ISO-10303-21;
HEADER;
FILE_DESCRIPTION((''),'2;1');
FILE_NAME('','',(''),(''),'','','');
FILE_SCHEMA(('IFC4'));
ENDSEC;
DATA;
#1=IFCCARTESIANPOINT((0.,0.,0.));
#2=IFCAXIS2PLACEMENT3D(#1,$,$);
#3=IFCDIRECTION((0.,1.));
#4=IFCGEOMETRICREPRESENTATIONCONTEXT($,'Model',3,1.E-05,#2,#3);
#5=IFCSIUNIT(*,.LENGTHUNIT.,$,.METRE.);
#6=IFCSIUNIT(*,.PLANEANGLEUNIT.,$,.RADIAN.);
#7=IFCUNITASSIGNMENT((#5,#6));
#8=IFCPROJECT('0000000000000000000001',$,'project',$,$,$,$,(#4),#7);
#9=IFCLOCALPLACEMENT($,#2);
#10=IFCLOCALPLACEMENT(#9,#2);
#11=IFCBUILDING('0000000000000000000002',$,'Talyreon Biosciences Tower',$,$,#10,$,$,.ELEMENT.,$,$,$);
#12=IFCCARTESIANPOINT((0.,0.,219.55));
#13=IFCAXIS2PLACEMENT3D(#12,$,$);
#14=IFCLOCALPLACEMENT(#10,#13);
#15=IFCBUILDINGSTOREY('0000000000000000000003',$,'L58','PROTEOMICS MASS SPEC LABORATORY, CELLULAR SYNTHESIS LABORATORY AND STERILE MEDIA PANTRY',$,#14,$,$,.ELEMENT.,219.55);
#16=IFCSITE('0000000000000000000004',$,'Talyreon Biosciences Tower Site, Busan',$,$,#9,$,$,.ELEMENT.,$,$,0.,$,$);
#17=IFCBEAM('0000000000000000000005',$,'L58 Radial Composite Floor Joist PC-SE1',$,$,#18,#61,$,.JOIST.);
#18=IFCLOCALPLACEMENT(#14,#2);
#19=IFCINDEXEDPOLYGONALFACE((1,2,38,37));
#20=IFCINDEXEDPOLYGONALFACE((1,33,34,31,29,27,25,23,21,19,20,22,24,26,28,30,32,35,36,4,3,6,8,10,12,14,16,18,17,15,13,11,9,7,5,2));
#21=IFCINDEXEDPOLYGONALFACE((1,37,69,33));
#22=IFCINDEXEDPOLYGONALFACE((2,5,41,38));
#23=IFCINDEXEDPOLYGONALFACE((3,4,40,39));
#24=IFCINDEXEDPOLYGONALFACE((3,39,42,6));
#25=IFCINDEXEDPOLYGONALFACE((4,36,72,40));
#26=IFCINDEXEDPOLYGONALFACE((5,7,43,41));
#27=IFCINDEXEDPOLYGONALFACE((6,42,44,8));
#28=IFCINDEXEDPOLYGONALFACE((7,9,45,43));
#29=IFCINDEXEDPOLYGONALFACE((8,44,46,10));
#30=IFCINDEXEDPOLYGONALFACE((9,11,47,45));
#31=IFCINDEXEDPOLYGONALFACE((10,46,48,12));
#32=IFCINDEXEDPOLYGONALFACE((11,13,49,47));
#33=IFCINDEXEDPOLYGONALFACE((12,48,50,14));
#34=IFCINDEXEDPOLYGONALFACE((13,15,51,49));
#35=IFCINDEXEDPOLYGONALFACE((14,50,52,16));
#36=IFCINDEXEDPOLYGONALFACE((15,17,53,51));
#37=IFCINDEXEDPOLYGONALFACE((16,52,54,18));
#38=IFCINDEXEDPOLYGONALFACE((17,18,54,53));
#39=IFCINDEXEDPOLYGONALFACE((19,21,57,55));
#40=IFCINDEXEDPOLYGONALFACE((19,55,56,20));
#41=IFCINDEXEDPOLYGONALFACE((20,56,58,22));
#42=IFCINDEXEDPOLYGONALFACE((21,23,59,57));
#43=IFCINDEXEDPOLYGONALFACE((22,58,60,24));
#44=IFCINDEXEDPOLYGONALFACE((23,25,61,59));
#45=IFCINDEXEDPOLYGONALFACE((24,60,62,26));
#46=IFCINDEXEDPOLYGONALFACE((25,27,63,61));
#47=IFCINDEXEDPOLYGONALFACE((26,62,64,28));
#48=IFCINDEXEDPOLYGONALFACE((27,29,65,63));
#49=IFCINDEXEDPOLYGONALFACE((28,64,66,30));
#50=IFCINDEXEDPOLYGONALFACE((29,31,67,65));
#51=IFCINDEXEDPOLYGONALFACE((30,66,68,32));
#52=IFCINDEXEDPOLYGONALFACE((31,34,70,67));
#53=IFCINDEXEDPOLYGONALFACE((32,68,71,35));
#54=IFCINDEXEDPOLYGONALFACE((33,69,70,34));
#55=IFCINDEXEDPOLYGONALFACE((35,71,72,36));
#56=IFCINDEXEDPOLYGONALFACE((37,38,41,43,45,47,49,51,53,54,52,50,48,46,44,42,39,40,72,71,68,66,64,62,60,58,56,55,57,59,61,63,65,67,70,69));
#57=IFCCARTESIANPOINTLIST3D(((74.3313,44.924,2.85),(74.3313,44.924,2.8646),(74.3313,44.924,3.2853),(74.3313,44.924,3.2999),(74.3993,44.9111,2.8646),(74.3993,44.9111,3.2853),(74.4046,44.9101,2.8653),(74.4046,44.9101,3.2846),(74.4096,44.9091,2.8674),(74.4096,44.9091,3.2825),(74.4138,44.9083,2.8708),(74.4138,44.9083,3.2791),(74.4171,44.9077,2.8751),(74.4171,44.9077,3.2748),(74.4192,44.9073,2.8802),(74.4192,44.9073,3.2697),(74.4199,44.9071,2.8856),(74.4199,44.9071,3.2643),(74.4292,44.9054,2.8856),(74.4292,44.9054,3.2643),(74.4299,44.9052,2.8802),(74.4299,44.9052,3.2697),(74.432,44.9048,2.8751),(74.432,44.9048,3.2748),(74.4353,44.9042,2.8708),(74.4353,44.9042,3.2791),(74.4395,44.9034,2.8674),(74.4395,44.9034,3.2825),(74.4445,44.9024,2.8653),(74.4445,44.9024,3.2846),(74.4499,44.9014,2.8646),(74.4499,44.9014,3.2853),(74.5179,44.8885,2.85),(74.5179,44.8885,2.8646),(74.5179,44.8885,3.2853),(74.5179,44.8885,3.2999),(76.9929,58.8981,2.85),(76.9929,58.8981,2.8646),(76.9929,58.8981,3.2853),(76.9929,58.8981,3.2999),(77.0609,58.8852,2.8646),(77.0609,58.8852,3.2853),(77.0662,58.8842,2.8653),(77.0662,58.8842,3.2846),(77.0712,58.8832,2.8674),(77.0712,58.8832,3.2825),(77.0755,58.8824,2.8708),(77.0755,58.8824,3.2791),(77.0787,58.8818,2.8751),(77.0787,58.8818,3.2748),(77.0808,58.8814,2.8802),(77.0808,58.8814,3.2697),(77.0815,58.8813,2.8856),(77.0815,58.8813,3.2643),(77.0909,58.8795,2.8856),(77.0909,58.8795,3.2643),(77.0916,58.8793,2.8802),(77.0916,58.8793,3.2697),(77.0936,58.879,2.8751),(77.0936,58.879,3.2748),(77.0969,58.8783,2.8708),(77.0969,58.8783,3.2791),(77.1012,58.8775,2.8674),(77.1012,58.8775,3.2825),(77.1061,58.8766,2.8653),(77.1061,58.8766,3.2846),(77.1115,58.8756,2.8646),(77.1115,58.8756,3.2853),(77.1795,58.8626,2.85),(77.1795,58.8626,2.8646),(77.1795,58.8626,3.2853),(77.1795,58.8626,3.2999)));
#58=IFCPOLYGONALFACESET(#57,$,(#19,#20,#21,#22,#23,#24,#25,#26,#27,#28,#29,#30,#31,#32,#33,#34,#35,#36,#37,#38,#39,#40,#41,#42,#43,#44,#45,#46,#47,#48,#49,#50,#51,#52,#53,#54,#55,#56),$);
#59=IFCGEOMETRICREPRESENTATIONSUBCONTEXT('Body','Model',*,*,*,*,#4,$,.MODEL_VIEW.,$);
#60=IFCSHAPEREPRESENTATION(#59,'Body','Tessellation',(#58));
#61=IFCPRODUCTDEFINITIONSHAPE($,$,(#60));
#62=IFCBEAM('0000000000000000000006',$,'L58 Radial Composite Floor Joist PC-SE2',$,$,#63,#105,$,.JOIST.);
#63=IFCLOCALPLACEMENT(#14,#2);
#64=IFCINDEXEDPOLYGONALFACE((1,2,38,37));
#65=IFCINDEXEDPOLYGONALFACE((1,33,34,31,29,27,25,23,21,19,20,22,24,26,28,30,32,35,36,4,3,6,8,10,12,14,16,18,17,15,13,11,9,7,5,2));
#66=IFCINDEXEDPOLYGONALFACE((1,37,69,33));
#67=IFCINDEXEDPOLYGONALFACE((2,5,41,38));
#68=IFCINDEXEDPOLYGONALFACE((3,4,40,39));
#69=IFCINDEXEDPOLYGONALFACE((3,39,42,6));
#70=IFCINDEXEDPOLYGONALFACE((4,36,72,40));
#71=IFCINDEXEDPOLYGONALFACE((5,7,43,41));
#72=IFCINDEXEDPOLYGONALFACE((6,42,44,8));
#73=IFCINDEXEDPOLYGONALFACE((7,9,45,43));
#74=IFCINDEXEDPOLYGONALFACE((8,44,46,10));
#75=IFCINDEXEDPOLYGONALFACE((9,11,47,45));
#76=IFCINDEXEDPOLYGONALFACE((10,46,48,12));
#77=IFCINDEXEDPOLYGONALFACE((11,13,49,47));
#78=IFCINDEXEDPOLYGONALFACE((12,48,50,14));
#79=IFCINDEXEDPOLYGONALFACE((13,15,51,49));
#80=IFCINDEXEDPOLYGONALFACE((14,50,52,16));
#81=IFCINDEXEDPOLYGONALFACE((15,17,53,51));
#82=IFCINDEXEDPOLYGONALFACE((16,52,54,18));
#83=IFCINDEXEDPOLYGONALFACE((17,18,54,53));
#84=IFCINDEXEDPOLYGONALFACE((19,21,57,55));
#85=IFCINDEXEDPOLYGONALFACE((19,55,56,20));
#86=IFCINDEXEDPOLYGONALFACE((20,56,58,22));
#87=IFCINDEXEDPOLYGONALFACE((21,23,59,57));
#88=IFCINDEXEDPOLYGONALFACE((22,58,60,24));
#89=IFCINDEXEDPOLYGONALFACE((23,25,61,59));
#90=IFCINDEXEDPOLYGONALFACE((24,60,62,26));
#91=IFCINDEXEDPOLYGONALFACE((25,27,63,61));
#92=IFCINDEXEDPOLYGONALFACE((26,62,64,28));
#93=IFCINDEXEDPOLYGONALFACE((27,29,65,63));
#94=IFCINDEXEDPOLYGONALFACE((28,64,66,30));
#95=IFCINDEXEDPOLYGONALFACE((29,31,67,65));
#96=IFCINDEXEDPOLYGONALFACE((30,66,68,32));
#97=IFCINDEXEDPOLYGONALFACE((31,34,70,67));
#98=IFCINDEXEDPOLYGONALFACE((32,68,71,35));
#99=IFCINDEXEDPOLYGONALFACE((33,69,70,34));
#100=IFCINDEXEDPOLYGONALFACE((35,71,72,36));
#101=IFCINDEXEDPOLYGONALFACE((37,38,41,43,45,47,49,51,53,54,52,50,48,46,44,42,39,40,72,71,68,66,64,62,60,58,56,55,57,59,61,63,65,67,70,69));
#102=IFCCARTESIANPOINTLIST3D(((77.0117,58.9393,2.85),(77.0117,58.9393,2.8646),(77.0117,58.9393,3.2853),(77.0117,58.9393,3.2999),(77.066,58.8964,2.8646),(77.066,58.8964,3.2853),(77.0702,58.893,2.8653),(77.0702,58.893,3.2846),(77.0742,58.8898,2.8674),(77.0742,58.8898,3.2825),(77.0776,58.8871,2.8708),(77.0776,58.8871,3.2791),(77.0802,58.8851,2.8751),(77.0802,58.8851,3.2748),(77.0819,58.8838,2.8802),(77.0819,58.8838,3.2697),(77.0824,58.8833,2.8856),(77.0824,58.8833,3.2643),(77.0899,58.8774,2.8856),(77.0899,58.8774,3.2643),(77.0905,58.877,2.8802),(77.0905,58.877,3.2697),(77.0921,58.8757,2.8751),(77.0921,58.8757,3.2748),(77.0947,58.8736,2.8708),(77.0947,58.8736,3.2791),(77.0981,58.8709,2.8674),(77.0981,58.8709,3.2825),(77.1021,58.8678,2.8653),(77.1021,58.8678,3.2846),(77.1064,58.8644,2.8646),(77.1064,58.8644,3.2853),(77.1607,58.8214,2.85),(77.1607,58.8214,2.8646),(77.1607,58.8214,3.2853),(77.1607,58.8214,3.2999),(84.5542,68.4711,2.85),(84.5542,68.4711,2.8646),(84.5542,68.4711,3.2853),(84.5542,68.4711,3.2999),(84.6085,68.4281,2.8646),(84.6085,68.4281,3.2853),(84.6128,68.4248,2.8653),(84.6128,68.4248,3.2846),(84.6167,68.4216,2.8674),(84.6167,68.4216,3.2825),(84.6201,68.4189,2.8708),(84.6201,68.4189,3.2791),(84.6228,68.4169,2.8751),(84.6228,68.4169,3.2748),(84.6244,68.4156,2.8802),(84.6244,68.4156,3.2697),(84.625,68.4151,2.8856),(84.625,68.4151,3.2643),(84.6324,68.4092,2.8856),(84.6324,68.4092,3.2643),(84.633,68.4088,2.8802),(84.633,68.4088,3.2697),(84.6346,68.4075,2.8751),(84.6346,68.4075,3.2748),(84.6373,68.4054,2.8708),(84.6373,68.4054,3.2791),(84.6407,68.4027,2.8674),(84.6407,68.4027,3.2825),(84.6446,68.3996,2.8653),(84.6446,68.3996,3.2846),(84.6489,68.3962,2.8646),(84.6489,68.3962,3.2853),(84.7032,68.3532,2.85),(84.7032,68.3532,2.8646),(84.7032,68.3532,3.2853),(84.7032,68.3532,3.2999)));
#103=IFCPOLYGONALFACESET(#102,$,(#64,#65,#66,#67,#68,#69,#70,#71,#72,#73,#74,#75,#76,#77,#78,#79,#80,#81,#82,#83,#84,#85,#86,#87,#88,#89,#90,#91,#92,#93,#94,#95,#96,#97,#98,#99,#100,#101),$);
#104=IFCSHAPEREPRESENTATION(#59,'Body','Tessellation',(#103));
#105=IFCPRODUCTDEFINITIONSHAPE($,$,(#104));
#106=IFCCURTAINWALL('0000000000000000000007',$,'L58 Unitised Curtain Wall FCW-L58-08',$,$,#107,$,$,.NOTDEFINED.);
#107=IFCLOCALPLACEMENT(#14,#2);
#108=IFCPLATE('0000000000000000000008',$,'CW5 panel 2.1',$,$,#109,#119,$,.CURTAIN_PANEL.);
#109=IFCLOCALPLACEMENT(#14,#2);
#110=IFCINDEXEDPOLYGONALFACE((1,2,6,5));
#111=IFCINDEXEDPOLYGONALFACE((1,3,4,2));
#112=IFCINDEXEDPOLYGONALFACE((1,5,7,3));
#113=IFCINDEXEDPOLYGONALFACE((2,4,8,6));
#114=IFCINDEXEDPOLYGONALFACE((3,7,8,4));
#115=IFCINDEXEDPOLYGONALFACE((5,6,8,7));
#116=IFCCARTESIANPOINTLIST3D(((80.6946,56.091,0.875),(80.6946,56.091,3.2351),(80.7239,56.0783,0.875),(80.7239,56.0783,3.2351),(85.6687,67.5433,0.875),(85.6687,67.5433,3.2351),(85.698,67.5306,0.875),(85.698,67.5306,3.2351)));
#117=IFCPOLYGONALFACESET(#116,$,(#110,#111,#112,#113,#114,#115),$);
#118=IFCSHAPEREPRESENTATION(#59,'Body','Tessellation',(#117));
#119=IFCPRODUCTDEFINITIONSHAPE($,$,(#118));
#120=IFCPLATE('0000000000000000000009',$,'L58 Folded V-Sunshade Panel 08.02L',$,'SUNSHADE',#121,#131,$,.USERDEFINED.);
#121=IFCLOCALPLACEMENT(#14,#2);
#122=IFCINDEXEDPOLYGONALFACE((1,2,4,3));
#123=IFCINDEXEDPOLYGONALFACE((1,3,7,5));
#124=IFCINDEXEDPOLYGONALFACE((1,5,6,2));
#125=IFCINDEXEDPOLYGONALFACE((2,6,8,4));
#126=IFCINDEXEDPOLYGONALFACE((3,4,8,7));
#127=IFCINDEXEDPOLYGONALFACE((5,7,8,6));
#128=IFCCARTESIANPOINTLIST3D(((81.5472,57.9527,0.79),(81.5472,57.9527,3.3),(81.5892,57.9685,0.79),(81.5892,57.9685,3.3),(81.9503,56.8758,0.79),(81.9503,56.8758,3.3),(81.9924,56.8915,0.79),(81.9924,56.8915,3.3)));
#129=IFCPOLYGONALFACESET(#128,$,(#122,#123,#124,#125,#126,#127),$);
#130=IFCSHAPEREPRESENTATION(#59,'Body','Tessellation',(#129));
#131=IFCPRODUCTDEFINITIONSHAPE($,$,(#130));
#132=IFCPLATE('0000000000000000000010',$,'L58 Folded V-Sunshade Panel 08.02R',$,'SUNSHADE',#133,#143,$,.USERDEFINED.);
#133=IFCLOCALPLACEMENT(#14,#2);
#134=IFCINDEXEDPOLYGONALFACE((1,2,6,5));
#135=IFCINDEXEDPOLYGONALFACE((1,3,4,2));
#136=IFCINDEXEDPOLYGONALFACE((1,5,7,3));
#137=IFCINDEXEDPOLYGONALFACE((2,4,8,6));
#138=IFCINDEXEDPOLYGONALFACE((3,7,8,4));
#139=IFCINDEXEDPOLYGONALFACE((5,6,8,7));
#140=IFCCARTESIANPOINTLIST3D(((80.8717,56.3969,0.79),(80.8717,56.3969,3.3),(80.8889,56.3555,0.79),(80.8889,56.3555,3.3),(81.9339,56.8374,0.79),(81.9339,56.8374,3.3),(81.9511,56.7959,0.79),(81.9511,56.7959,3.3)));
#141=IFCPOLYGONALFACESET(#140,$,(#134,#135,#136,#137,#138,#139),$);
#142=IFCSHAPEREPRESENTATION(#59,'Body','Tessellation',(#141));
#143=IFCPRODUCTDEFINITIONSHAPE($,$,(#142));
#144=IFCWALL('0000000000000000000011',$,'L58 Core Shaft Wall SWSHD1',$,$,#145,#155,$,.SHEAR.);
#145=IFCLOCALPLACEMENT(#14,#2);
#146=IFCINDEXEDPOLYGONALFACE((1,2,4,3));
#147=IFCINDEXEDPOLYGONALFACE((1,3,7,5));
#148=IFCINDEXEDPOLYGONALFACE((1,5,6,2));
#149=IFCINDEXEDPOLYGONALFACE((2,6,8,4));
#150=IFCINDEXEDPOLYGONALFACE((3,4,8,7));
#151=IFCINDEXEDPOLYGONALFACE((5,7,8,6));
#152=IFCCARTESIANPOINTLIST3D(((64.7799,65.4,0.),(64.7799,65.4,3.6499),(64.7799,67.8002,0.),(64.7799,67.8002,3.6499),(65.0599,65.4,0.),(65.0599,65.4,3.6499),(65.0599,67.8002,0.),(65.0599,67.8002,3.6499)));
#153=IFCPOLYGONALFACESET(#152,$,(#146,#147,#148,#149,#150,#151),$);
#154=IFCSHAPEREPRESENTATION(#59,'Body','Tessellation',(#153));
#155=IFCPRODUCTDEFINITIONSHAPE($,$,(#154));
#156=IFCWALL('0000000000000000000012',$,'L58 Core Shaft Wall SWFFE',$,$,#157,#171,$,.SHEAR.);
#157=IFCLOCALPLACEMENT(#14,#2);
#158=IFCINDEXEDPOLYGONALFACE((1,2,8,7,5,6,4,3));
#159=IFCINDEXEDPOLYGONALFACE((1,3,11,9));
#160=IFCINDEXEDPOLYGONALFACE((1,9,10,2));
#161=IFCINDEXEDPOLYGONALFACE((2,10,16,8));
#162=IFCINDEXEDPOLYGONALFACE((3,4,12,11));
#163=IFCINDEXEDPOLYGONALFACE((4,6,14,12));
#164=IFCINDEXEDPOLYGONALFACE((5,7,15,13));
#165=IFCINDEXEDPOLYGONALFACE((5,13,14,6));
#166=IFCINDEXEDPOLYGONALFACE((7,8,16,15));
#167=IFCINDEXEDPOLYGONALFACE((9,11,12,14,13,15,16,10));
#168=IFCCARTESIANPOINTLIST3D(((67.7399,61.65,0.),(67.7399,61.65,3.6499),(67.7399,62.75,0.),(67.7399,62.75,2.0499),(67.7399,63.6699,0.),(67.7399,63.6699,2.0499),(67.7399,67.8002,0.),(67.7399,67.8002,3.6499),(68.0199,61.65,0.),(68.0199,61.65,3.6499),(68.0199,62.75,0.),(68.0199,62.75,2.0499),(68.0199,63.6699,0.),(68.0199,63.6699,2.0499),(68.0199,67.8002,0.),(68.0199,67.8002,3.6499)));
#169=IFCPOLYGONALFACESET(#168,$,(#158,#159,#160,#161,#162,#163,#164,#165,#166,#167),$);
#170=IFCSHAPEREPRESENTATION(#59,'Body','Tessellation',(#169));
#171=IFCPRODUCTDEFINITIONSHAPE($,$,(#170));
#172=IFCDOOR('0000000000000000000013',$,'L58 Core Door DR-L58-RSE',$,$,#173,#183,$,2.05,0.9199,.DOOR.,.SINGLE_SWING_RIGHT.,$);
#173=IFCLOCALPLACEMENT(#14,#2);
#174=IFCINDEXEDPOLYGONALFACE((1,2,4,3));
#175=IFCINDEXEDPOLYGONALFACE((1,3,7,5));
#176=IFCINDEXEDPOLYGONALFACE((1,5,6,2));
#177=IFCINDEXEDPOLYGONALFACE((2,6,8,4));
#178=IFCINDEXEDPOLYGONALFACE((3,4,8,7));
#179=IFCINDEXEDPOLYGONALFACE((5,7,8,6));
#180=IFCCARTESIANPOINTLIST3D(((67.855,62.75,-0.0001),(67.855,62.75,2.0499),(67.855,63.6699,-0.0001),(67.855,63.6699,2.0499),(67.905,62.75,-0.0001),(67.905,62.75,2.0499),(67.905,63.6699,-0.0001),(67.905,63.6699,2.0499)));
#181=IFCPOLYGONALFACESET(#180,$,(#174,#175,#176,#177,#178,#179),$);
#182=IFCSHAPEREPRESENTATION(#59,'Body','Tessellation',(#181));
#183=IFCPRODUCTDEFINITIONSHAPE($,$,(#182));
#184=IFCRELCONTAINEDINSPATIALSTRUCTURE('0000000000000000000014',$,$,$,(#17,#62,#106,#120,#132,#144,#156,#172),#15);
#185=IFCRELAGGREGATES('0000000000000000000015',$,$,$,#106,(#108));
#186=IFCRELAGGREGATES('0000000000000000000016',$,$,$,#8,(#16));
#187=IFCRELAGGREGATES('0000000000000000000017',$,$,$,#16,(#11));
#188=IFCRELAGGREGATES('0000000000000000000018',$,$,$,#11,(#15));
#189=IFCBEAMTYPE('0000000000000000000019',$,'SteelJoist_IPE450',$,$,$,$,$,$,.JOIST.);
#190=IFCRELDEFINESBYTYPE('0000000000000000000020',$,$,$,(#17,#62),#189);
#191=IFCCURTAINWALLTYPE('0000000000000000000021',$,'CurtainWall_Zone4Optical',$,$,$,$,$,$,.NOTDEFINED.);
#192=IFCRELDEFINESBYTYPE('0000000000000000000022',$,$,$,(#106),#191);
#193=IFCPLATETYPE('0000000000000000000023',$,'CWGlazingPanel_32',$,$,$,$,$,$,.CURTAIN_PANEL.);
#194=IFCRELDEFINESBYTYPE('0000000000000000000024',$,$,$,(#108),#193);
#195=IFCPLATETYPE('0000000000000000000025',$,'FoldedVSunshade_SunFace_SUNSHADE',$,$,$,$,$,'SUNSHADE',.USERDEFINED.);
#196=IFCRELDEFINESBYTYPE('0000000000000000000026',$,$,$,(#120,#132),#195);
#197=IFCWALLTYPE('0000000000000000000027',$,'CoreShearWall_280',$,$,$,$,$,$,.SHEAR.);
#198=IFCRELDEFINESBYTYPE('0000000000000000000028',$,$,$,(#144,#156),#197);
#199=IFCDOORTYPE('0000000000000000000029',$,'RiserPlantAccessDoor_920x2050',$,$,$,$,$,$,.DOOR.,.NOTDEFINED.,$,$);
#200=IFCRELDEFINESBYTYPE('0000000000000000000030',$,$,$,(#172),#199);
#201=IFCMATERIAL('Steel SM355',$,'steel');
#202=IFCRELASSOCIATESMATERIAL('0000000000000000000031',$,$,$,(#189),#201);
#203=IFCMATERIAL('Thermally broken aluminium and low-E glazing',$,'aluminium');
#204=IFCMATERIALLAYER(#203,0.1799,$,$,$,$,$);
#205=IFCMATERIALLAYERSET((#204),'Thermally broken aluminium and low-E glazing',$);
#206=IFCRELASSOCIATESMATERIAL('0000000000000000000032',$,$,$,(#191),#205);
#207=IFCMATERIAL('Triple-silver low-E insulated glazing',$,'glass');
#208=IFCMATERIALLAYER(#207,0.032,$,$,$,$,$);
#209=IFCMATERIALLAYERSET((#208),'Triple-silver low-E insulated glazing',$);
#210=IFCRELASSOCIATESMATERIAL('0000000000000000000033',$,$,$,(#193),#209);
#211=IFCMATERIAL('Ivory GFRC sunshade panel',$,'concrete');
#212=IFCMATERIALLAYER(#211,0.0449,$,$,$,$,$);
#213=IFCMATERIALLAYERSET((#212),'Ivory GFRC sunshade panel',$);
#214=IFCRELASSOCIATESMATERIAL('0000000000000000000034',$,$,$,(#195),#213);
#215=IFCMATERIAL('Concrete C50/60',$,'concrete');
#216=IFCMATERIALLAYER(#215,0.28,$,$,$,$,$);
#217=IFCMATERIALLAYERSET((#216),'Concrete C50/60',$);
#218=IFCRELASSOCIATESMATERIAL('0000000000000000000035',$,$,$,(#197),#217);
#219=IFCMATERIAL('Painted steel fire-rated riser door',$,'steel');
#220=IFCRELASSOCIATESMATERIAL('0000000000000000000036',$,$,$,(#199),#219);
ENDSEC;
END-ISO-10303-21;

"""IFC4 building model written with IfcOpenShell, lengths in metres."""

from ifc_helpers import new_model, si_unit, direction, frame, frame_2d, origin, origin_2d, place, context, subcontext, project, spatial, rectangle, i_section, extrude, material, layer, layer_set, material_profile, profile_set, type_object, element, fill, aggregate, save


model = new_model("IFC4")

# Units and contexts
model_context = context("Model", 3, precision=1e-05, world=origin(), true_north=direction((0.0, 1.0)))
body_context = subcontext(model_context, "Body", "Model", "MODEL_VIEW")
ifc_project = project(units=[si_unit("LENGTHUNIT", "METRE"), si_unit("PLANEANGLEUNIT", "RADIAN")], contexts=[model_context])

# Site, building, storey
site_placement = place(None, origin())
site = spatial("IfcSite", under=ifc_project, at=site_placement, Name="Talyreon Biosciences Tower Site, Busan", CompositionType="ELEMENT", RefElevation=0.0)
building_placement = place(site_placement, origin())
building = spatial("IfcBuilding", under=site, at=building_placement, Name="Talyreon Biosciences Tower", CompositionType="ELEMENT")
storey_placement = place(building_placement, frame((0.0, 0.0, 219.55)))
storey = spatial("IfcBuildingStorey", under=building, at=storey_placement, Name="L58", Description="PROTEOMICS MASS SPEC LABORATORY, CELLULAR SYNTHESIS LABORATORY AND STERILE MEDIA PANTRY", CompositionType="ELEMENT", Elevation=219.55)

# Shared definitions
ifc_material_1 = material(Name="Concrete C50/60", Category="concrete")

# Beams
ifc_material_2 = material(Name="Steel SM355", Category="steel")
ifc_material_profile_1 = material_profile(ifc_material_2, i_section(OverallWidth=0.1899, OverallDepth=0.45, WebThickness=0.0095, FlangeThickness=0.0146, FilletRadius=0.021, at=origin_2d()), Name="IPE450")
ifc_profile_set_1 = profile_set([ifc_material_profile_1], Name="Steel SM355")
beam_type_1 = type_object("IfcBeamType", Name="SteelJoist_IPE450", PredefinedType="JOIST", material=ifc_profile_set_1)
beam_1_placement = place(storey_placement, frame((77.0862, 58.8804, 3.075), z_axis=(-0.187104, -0.98234, 0.0), x_axis=(0.98234, -0.187104, 0.0)))
element("IfcBeam", 1, at=beam_1_placement, inside=storey, type_object=beam_type_1, Name="L58 Radial Composite Floor Joist PC-SE1", PredefinedType="JOIST", context=body_context, shape_type="SweptSolid", body=[
    extrude(i_section(OverallWidth=0.1899, OverallDepth=0.45, WebThickness=0.0095, FlangeThickness=0.0146, FilletRadius=0.021, at=origin_2d()), origin(), (0.0, 0.0, 1.0), 14.2253),
])
beam_2_placement = place(storey_placement, frame((77.0862, 58.8804, 3.075), z_axis=(0.620527, 0.784185, 0.0), x_axis=(-0.784185, 0.620527, 0.0)))
element("IfcBeam", 2, at=beam_2_placement, inside=storey, type_object=beam_type_1, Name="L58 Radial Composite Floor Joist PC-SE2", PredefinedType="JOIST", context=body_context, shape_type="SweptSolid", body=[
    extrude(i_section(OverallWidth=0.1899, OverallDepth=0.45, WebThickness=0.0095, FlangeThickness=0.0146, FilletRadius=0.021, at=origin_2d()), origin(), (0.0, 0.0, 1.0), 12.155),
])

# Curtain wall, plate
ifc_material_3 = material(Name="Thermally broken aluminium and low-E glazing", Category="aluminium")
ifc_layer_1 = layer(ifc_material_3, 0.1799)
ifc_layer_set_1 = layer_set([ifc_layer_1], Name="Thermally broken aluminium and low-E glazing")
curtain_wall_type = type_object("IfcCurtainWallType", Name="CurtainWall_Zone4Optical", PredefinedType="NOTDEFINED", material=ifc_layer_set_1)
curtain_wall_placement = place(storey_placement, origin())
curtain_wall = element("IfcCurtainWall", 3, at=curtain_wall_placement, inside=storey, type_object=curtain_wall_type, Name="L58 Unitised Curtain Wall FCW-L58-08", PredefinedType="NOTDEFINED")
ifc_material_4 = material(Name="Triple-silver low-E insulated glazing", Category="glass")
ifc_layer_2 = layer(ifc_material_4, 0.032)
ifc_layer_set_2 = layer_set([ifc_layer_2], Name="Triple-silver low-E insulated glazing")
plate_type_1 = type_object("IfcPlateType", Name="CWGlazingPanel_32", PredefinedType="CURTAIN_PANEL", material=ifc_layer_set_2)
plate_placement = place(storey_placement, frame((83.1963, 61.8108, 0.875), z_axis=(0.0, 0.0, 1.0), x_axis=(-0.398376, -0.917222, 0.0)))
plate = element("IfcPlate", 4, at=plate_placement, type_object=plate_type_1, Name="CW5 panel 2.1", PredefinedType="CURTAIN_PANEL", context=body_context, shape_type="SweptSolid", body=[
    extrude(rectangle(XDim=12.4858, YDim=0.032, at=origin_2d()), origin(), (0.0, 0.0, 1.0), 2.3601),
])
aggregate(curtain_wall, [plate])

# Plates
ifc_material_5 = material(Name="Ivory GFRC sunshade panel", Category="concrete")
ifc_layer_3 = layer(ifc_material_5, 0.0449)
ifc_layer_set_3 = layer_set([ifc_layer_3], Name="Ivory GFRC sunshade panel")
plate_type_2 = type_object("IfcPlateType", Name="FoldedVSunshade_SunFace_SUNSHADE", ElementType="SUNSHADE", PredefinedType="USERDEFINED", material=ifc_layer_set_3)
for number, where, z_axis, x_axis, name in (
    (5, (81.7698, 57.4221, 0.79), (0.0, 0.0, 1.0), (0.350583, -0.936532, 0.0), "L58 Folded V-Sunshade Panel 08.02L"),
    (6, (81.4114, 56.5964, 0.79), (0.0, 0.0, 1.0), (-0.923726, -0.383054, 0.0), "L58 Folded V-Sunshade Panel 08.02R"),
):
    element("IfcPlate", number, at=place(storey_placement, frame(where, z_axis=z_axis, x_axis=x_axis)), inside=storey, type_object=plate_type_2, Name=name, ObjectType="SUNSHADE", PredefinedType="USERDEFINED", context=body_context, shape_type="SweptSolid", body=[
        extrude(rectangle(XDim=1.1499, YDim=0.0449, at=origin_2d()), origin(), (0.0, 0.0, 1.0), 2.51),
    ])

# Wall
ifc_layer_4 = layer(ifc_material_1, 0.28)
ifc_layer_set_4 = layer_set([ifc_layer_4], Name="Concrete C50/60")
wall_type_1 = type_object("IfcWallType", Name="CoreShearWall_280", PredefinedType="SHEAR", material=ifc_layer_set_4)
wall_1_placement = place(storey_placement, frame((64.9199, 65.3999, 0.0), z_axis=(0.0, 0.0, 1.0), x_axis=(0.0, 1.0, 0.0)))
element("IfcWall", 7, at=wall_1_placement, inside=storey, type_object=wall_type_1, Name="L58 Core Shaft Wall SWSHD1", PredefinedType="SHEAR", context=body_context, shape_type="SweptSolid", body=[
    extrude(rectangle(XDim=2.4001, YDim=0.28, at=frame_2d((1.2002, 0.0))), origin(), (0.0, 0.0, 1.0), 3.6499),
])

# Wall, opening, door
wall_2_placement = place(storey_placement, frame((67.8799, 61.6499, 0.0), z_axis=(0.0, 0.0, 1.0), x_axis=(0.0, 1.0, 0.0)))
wall_2 = element("IfcWall", 8, at=wall_2_placement, inside=storey, type_object=wall_type_1, Name="L58 Core Shaft Wall SWFFE", PredefinedType="SHEAR", context=body_context, shape_type="SweptSolid", body=[
    extrude(rectangle(XDim=6.1501, YDim=0.28, at=frame_2d((3.0752, 0.0))), origin(), (0.0, 0.0, 1.0), 3.6499),
])
opening_1_placement = place(wall_2_placement, frame((1.1001, 0.0, 0.0)))
opening_1 = element("IfcOpeningElement", 9, at=opening_1_placement, cuts=wall_2, PredefinedType="OPENING", context=body_context, shape_type="SweptSolid", body=[
    extrude(rectangle(XDim=0.9199, YDim=2.05, at=frame_2d((0.46, 1.0249))), frame((0.0, 0.1499, 0.0), z_axis=(0.0, -1.0, 0.0), x_axis=(1.0, 0.0, 0.0)), (0.0, 0.0, 1.0), 0.3),
])
ifc_material_6 = material(Name="Painted steel fire-rated riser door", Category="steel")
door_type_1 = type_object("IfcDoorType", Name="RiserPlantAccessDoor_920x2050", OperationType="NOTDEFINED", PredefinedType="DOOR", material=ifc_material_6)
door_1_placement = place(opening_1_placement, origin())
door_1 = element("IfcDoor", 10, at=door_1_placement, inside=storey, type_object=door_type_1, Name="L58 Core Door DR-L58-RSE", OperationType="SINGLE_SWING_RIGHT", OverallHeight=2.05, OverallWidth=0.9199, PredefinedType="DOOR", context=body_context, shape_type="SweptSolid", body=[
    extrude(rectangle(XDim=0.9199, YDim=2.05, at=frame_2d((0.46, 1.0249))), frame((0.0, 0.0249, 0.0), z_axis=(0.0, -1.0, 0.0), x_axis=(1.0, 0.0, 0.0)), (0.0, 0.0, 1.0), 0.05),
])
fill(opening_1, door_1)

save(model, "model.ifc")
